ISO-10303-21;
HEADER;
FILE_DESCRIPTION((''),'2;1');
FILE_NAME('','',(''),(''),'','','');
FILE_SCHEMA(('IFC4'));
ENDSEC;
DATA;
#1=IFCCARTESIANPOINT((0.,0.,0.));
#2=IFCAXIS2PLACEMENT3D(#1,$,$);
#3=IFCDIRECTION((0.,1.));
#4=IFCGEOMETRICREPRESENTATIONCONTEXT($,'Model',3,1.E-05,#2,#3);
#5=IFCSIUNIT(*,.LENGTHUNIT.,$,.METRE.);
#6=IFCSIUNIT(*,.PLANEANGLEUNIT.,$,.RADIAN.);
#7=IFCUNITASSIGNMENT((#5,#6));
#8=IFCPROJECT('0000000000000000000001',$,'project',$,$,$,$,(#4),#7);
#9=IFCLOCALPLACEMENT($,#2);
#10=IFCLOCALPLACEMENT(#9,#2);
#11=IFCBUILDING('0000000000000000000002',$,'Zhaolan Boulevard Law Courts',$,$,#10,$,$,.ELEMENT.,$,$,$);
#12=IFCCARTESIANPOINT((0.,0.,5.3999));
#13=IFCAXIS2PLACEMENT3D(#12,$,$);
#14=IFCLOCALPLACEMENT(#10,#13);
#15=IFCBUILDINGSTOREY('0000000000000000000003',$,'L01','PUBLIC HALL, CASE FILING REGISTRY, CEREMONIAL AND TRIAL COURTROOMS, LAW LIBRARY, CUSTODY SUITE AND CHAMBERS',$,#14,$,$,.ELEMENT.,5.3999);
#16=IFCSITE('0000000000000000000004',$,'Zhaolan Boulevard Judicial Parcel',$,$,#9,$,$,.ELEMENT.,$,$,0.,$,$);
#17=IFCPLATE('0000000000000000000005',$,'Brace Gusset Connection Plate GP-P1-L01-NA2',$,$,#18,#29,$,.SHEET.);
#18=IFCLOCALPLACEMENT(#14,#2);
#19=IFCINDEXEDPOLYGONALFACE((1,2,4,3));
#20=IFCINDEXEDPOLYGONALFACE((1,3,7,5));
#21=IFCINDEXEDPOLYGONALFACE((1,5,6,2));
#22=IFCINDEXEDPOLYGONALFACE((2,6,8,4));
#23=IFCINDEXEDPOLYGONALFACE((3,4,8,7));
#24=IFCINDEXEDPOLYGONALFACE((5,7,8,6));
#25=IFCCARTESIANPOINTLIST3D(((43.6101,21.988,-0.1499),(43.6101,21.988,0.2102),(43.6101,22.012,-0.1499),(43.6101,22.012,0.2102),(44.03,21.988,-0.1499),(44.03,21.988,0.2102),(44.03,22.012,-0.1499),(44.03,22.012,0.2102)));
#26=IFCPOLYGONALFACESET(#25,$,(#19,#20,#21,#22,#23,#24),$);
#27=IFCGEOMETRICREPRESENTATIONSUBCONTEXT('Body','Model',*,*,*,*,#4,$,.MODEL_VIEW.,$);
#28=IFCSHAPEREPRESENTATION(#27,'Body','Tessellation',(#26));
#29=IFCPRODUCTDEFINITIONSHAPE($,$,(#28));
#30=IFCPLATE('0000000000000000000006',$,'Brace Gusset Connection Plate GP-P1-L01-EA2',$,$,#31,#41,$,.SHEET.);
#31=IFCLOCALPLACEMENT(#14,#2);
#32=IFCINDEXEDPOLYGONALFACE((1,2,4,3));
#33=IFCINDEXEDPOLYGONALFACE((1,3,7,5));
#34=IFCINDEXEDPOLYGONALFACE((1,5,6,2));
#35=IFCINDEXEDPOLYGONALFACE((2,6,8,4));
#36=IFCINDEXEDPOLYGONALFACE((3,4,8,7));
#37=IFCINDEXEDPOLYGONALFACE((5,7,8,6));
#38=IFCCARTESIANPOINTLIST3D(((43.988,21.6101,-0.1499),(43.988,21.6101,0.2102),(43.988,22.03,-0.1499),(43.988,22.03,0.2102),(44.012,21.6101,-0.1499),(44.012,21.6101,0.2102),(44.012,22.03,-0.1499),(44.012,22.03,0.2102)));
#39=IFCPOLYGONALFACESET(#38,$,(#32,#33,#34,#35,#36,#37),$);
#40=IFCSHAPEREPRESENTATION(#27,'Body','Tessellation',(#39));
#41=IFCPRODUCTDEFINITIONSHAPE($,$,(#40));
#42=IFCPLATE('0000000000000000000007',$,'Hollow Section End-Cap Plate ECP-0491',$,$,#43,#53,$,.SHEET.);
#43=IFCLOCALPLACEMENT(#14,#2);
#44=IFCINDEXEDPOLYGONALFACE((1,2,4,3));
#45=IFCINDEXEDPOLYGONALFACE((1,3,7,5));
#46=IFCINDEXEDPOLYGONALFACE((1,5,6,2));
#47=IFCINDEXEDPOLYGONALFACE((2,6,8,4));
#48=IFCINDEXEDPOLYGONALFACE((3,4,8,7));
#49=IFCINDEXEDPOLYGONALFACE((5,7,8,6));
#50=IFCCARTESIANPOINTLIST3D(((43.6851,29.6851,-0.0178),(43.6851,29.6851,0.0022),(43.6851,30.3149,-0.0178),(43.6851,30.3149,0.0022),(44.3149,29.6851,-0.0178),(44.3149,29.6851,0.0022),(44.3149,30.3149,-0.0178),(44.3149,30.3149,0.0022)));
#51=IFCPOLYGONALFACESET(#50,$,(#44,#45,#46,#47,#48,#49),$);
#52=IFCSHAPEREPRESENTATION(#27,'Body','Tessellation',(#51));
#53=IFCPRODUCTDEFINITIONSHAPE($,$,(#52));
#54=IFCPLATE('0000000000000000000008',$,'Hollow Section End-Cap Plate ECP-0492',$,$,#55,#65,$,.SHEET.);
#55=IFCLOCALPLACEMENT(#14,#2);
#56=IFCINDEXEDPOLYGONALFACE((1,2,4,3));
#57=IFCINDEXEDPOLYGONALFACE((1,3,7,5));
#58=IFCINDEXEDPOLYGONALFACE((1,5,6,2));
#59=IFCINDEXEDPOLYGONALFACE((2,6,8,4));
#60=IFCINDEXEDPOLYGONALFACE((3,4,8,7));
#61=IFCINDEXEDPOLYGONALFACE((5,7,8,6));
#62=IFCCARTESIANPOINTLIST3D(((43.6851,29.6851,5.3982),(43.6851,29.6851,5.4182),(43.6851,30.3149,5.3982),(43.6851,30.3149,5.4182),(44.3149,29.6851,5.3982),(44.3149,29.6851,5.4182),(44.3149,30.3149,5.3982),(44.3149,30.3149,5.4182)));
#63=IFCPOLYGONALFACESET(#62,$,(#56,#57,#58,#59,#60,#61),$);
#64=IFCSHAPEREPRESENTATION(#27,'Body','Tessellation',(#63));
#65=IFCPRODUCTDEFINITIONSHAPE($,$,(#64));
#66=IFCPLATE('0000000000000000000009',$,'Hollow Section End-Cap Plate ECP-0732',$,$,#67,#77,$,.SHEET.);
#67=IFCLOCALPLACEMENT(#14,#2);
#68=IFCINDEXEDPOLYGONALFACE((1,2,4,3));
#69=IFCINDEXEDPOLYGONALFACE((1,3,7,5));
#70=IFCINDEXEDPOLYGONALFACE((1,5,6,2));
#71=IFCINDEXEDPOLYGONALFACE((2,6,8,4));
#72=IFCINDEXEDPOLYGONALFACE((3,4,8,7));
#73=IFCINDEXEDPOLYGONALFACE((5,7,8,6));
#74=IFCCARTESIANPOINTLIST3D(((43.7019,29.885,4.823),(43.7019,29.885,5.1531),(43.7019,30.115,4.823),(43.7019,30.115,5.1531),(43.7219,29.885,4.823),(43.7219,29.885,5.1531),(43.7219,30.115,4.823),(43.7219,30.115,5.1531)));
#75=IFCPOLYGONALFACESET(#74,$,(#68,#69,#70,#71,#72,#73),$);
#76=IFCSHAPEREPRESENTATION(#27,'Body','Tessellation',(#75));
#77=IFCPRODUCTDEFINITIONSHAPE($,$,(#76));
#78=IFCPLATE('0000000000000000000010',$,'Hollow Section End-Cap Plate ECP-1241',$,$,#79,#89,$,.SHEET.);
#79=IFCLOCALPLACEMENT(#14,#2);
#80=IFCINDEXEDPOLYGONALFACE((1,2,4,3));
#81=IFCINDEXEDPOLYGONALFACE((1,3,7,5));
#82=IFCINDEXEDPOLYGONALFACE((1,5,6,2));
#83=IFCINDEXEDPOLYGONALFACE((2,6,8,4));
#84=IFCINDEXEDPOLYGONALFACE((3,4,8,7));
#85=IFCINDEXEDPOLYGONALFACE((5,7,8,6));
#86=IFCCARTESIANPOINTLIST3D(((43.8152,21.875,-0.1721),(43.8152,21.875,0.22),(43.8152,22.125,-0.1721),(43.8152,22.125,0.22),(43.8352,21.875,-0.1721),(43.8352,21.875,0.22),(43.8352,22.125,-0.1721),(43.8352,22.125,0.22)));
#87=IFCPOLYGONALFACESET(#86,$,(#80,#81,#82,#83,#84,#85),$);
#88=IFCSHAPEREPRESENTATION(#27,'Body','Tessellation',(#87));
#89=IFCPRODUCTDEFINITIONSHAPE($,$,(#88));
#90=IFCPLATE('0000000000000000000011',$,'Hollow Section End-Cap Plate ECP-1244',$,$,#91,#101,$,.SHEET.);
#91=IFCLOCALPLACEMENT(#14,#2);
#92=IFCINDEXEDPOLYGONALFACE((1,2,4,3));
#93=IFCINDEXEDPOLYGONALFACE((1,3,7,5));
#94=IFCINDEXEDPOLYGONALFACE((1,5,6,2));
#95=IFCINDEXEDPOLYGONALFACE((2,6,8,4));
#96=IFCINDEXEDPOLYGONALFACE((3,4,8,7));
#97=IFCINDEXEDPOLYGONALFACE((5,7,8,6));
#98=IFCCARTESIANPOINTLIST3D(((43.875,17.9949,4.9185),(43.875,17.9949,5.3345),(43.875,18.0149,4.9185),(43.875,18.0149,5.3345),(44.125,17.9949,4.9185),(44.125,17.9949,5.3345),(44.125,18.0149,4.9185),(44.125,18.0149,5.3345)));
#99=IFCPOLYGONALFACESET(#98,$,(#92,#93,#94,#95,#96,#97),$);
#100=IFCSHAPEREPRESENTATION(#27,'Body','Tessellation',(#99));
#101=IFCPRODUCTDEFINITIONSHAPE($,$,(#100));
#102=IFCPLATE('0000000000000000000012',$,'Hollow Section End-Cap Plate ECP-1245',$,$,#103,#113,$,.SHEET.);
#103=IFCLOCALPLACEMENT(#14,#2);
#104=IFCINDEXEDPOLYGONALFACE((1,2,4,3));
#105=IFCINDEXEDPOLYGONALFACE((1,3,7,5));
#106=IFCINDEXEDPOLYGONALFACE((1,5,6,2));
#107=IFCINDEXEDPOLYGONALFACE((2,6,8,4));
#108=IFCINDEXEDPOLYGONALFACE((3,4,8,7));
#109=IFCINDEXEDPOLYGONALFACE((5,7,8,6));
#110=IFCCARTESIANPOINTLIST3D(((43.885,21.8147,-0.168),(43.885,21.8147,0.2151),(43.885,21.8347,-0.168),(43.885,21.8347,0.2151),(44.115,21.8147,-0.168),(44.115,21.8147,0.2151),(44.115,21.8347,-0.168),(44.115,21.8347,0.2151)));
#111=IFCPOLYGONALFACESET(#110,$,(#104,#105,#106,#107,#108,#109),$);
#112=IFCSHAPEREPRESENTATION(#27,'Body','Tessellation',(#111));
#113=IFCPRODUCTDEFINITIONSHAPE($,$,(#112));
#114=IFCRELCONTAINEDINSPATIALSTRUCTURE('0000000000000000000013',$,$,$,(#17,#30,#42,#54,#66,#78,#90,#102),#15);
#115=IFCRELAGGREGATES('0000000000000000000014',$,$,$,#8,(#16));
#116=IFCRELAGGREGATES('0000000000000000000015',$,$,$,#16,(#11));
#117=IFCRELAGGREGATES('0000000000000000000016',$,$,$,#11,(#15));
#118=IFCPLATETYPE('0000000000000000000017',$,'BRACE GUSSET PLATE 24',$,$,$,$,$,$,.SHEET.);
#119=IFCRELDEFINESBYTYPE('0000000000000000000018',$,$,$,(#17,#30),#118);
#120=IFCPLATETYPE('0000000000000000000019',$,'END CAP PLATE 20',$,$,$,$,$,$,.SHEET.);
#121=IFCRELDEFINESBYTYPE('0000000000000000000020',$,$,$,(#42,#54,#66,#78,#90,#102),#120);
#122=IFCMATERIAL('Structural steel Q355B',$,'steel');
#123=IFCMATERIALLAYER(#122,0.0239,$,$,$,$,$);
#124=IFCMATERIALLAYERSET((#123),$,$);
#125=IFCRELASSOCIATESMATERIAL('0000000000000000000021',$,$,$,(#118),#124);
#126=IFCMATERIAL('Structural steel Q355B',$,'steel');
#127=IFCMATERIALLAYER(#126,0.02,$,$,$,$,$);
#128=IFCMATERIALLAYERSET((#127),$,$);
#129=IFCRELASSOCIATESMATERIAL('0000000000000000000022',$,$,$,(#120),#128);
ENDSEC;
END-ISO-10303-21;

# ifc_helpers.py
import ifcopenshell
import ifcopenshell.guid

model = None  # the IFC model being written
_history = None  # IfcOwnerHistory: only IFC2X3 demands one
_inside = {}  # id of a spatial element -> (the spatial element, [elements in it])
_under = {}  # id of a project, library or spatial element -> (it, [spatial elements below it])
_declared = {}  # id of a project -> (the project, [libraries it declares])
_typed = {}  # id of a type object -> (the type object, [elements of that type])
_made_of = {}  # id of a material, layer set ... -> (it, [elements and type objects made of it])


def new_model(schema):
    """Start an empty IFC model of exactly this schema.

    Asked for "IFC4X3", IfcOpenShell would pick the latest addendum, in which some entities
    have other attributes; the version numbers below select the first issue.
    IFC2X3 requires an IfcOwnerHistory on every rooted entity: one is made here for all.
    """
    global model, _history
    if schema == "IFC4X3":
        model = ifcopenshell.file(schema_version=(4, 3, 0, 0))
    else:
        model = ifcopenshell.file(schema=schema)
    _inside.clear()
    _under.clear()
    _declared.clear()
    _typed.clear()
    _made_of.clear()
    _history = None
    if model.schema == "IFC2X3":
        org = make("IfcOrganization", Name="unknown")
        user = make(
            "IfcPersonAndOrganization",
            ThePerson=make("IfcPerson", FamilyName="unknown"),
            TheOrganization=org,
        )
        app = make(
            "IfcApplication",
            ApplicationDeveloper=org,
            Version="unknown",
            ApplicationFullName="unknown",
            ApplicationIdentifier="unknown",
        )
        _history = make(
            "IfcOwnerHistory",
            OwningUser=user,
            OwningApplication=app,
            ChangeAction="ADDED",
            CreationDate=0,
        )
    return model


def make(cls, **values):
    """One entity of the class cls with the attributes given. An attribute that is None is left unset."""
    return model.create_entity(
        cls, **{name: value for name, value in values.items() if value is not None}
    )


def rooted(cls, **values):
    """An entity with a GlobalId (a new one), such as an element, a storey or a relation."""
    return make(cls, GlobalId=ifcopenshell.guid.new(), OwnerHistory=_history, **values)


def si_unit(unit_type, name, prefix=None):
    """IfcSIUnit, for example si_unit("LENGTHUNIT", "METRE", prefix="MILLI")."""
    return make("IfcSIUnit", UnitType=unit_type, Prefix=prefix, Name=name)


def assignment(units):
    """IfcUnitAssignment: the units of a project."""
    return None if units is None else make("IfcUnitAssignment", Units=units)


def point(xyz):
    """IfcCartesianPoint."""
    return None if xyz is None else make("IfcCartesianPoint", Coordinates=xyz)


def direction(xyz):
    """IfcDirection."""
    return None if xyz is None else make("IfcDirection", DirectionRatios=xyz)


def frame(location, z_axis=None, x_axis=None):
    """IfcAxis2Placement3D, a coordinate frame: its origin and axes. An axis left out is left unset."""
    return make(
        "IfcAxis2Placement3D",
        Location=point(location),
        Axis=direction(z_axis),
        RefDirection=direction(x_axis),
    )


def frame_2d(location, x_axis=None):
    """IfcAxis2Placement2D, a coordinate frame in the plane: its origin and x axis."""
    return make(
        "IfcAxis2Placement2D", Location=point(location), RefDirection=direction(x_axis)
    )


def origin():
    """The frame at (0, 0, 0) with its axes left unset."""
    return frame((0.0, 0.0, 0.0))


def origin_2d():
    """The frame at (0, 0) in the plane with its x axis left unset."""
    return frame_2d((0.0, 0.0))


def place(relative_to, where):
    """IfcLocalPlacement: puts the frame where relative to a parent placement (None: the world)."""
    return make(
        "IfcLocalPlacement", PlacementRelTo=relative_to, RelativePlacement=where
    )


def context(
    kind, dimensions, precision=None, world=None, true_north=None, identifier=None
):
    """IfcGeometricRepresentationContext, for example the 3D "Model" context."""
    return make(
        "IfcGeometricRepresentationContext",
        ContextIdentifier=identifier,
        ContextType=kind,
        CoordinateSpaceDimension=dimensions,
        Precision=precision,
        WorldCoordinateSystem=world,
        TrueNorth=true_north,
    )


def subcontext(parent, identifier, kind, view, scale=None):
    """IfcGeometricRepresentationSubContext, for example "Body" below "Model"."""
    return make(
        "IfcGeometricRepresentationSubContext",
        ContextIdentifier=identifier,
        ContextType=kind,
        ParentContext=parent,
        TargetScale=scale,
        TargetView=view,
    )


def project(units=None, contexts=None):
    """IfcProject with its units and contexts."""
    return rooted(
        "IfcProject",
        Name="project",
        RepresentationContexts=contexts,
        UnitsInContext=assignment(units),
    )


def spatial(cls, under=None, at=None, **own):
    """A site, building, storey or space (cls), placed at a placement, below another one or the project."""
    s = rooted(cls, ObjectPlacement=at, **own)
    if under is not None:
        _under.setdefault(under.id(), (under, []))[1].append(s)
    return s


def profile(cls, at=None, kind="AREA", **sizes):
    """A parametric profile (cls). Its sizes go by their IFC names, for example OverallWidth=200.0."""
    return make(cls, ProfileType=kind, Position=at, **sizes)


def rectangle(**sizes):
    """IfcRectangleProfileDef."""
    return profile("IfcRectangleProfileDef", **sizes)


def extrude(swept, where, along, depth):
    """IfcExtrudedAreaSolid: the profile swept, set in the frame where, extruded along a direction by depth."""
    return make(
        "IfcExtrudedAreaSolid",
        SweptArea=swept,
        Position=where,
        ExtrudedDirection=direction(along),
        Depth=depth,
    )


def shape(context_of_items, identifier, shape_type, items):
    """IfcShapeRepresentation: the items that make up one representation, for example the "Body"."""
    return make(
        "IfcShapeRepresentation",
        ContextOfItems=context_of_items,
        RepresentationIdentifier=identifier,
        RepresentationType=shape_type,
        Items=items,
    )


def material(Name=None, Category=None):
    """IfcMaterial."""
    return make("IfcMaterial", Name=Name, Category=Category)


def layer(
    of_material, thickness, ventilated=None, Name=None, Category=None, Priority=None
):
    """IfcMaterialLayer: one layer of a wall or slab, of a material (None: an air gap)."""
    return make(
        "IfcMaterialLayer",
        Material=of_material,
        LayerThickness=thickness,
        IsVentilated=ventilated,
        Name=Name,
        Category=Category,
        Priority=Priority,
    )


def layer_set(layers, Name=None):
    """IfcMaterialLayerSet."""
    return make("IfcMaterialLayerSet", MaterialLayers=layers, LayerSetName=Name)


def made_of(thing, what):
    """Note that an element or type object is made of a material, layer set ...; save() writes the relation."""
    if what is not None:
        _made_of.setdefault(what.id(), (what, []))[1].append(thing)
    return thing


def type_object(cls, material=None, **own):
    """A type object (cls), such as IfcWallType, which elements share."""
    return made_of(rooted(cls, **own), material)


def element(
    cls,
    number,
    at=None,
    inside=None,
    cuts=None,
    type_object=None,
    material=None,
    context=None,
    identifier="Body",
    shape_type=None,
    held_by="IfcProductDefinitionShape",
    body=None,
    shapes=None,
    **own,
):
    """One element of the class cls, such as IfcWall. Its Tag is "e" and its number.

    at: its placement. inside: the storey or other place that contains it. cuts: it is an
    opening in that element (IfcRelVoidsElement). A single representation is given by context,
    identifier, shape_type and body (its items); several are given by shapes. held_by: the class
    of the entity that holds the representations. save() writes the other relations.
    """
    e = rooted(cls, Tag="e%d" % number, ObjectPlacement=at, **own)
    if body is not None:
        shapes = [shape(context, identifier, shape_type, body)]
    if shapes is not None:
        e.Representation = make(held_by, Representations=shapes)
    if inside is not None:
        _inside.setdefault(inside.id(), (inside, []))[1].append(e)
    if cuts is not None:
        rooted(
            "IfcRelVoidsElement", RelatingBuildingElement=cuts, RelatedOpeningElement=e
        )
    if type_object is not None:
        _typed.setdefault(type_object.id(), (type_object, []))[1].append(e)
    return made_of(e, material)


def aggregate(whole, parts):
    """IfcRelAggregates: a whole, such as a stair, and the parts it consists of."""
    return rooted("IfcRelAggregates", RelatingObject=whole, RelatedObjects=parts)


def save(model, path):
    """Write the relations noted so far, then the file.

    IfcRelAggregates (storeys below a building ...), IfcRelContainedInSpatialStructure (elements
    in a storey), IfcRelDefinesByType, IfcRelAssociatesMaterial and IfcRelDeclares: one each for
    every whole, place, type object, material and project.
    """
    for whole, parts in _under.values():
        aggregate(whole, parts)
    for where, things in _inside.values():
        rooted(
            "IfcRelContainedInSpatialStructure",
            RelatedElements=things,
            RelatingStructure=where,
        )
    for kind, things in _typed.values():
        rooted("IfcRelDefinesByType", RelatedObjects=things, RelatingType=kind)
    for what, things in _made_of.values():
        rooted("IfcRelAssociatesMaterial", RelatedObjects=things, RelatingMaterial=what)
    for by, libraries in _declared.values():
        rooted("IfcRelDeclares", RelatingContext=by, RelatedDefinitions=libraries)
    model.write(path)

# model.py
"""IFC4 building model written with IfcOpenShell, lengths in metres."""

from ifc_helpers import new_model, si_unit, direction, frame, origin, origin_2d, place, context, subcontext, project, spatial, rectangle, extrude, material, layer, layer_set, type_object, element, save


model = new_model("IFC4")

# Units and contexts
model_context = context("Model", 3, precision=1e-05, world=origin(), true_north=direction((0.0, 1.0)))
body_context = subcontext(model_context, "Body", "Model", "MODEL_VIEW")
ifc_project = project(units=[si_unit("LENGTHUNIT", "METRE"), si_unit("PLANEANGLEUNIT", "RADIAN")], contexts=[model_context])

# Site, building, storey
site_placement = place(None, origin())
site = spatial("IfcSite", under=ifc_project, at=site_placement, Name="Zhaolan Boulevard Judicial Parcel", CompositionType="ELEMENT", RefElevation=0.0)
building_placement = place(site_placement, origin())
building = spatial("IfcBuilding", under=site, at=building_placement, Name="Zhaolan Boulevard Law Courts", CompositionType="ELEMENT")
storey_placement = place(building_placement, frame((0.0, 0.0, 5.3999)))
storey = spatial("IfcBuildingStorey", under=building, at=storey_placement, Name="L01", Description="PUBLIC HALL, CASE FILING REGISTRY, CEREMONIAL AND TRIAL COURTROOMS, LAW LIBRARY, CUSTODY SUITE AND CHAMBERS", CompositionType="ELEMENT", Elevation=5.3999)

# Plates
ifc_material_1 = material(Name="Structural steel Q355B", Category="steel")
ifc_layer_1 = layer(ifc_material_1, 0.0239)
ifc_layer_set_1 = layer_set([ifc_layer_1])
plate_type_1 = type_object("IfcPlateType", Name="BRACE GUSSET PLATE 24", PredefinedType="SHEET", material=ifc_layer_set_1)
for number, where, z_axis, x_axis, name in (
    (1, (43.8201, 22.0, -0.1499), (0.0, 0.0, 1.0), (1.0, 0.0, 0.0), "Brace Gusset Connection Plate GP-P1-L01-NA2"),
    (2, (44.0, 21.8201, -0.1499), (0.0, 0.0, 1.0), (0.0, 1.0, 0.0), "Brace Gusset Connection Plate GP-P1-L01-EA2"),
):
    element("IfcPlate", number, at=place(storey_placement, frame(where, z_axis=z_axis, x_axis=x_axis)), inside=storey, type_object=plate_type_1, Name=name, PredefinedType="SHEET", context=body_context, shape_type="SweptSolid", body=[
        extrude(rectangle(XDim=0.4199, YDim=0.0239, at=origin_2d()), origin(), (0.0, 0.0, 1.0), 0.3601),
    ])
ifc_material_2 = material(Name="Structural steel Q355B", Category="steel")
ifc_layer_2 = layer(ifc_material_2, 0.02)
ifc_layer_set_2 = layer_set([ifc_layer_2])
plate_type_2 = type_object("IfcPlateType", Name="END CAP PLATE 20", PredefinedType="SHEET", material=ifc_layer_set_2)
for number, where, z_axis, x_axis, name in (
    (3, (44.0, 30.0, -0.0178), (0.0, 0.0, 1.0), (1.0, 0.0, 0.0), "Hollow Section End-Cap Plate ECP-0491"),
    (4, (44.0, 30.0, 5.3982), (0.0, 0.0, 1.0), (1.0, 0.0, 0.0), "Hollow Section End-Cap Plate ECP-0492"),
):
    element("IfcPlate", number, at=place(storey_placement, frame(where, z_axis=z_axis, x_axis=x_axis)), inside=storey, type_object=plate_type_2, Name=name, PredefinedType="SHEET", context=body_context, shape_type="SweptSolid", body=[
        extrude(rectangle(XDim=0.6299, YDim=0.6299, at=origin_2d()), origin(), (0.0, 0.0, 1.0), 0.02),
    ])
plate_1_placement = place(storey_placement, frame((43.7119, 30.0, 4.823), z_axis=(0.0, 0.0, 1.0), x_axis=(1.0, 0.0, 0.0)))
element("IfcPlate", 5, at=plate_1_placement, inside=storey, type_object=plate_type_2, Name="Hollow Section End-Cap Plate ECP-0732", PredefinedType="SHEET", context=body_context, shape_type="SweptSolid", body=[
    extrude(rectangle(XDim=0.02, YDim=0.23, at=origin_2d()), origin(), (0.0, 0.0, 1.0), 0.3301),
])
plate_2_placement = place(storey_placement, frame((43.8252, 22.0, -0.1721), z_axis=(0.0, 0.0, 1.0), x_axis=(-1.0, 0.0, 0.0)))
element("IfcPlate", 6, at=plate_2_placement, inside=storey, type_object=plate_type_2, Name="Hollow Section End-Cap Plate ECP-1241", PredefinedType="SHEET", context=body_context, shape_type="SweptSolid", body=[
    extrude(rectangle(XDim=0.02, YDim=0.25, at=origin_2d()), origin(), (0.0, 0.0, 1.0), 0.3921),
])
plate_3_placement = place(storey_placement, frame((44.0, 18.0049, 4.9185), z_axis=(0.0, 0.0, 1.0), x_axis=(0.0, 1.0, 0.0)))
element("IfcPlate", 7, at=plate_3_placement, inside=storey, type_object=plate_type_2, Name="Hollow Section End-Cap Plate ECP-1244", PredefinedType="SHEET", context=body_context, shape_type="SweptSolid", body=[
    extrude(rectangle(XDim=0.02, YDim=0.25, at=origin_2d()), origin(), (0.0, 0.0, 1.0), 0.416),
])
plate_4_placement = place(storey_placement, frame((44.0, 21.8247, -0.168), z_axis=(0.0, 0.0, 1.0), x_axis=(0.0, -1.0, 0.0)))
element("IfcPlate", 8, at=plate_4_placement, inside=storey, type_object=plate_type_2, Name="Hollow Section End-Cap Plate ECP-1245", PredefinedType="SHEET", context=body_context, shape_type="SweptSolid", body=[
    extrude(rectangle(XDim=0.02, YDim=0.23, at=origin_2d()), origin(), (0.0, 0.0, 1.0), 0.3831),
])

save(model, "model.ifc")
